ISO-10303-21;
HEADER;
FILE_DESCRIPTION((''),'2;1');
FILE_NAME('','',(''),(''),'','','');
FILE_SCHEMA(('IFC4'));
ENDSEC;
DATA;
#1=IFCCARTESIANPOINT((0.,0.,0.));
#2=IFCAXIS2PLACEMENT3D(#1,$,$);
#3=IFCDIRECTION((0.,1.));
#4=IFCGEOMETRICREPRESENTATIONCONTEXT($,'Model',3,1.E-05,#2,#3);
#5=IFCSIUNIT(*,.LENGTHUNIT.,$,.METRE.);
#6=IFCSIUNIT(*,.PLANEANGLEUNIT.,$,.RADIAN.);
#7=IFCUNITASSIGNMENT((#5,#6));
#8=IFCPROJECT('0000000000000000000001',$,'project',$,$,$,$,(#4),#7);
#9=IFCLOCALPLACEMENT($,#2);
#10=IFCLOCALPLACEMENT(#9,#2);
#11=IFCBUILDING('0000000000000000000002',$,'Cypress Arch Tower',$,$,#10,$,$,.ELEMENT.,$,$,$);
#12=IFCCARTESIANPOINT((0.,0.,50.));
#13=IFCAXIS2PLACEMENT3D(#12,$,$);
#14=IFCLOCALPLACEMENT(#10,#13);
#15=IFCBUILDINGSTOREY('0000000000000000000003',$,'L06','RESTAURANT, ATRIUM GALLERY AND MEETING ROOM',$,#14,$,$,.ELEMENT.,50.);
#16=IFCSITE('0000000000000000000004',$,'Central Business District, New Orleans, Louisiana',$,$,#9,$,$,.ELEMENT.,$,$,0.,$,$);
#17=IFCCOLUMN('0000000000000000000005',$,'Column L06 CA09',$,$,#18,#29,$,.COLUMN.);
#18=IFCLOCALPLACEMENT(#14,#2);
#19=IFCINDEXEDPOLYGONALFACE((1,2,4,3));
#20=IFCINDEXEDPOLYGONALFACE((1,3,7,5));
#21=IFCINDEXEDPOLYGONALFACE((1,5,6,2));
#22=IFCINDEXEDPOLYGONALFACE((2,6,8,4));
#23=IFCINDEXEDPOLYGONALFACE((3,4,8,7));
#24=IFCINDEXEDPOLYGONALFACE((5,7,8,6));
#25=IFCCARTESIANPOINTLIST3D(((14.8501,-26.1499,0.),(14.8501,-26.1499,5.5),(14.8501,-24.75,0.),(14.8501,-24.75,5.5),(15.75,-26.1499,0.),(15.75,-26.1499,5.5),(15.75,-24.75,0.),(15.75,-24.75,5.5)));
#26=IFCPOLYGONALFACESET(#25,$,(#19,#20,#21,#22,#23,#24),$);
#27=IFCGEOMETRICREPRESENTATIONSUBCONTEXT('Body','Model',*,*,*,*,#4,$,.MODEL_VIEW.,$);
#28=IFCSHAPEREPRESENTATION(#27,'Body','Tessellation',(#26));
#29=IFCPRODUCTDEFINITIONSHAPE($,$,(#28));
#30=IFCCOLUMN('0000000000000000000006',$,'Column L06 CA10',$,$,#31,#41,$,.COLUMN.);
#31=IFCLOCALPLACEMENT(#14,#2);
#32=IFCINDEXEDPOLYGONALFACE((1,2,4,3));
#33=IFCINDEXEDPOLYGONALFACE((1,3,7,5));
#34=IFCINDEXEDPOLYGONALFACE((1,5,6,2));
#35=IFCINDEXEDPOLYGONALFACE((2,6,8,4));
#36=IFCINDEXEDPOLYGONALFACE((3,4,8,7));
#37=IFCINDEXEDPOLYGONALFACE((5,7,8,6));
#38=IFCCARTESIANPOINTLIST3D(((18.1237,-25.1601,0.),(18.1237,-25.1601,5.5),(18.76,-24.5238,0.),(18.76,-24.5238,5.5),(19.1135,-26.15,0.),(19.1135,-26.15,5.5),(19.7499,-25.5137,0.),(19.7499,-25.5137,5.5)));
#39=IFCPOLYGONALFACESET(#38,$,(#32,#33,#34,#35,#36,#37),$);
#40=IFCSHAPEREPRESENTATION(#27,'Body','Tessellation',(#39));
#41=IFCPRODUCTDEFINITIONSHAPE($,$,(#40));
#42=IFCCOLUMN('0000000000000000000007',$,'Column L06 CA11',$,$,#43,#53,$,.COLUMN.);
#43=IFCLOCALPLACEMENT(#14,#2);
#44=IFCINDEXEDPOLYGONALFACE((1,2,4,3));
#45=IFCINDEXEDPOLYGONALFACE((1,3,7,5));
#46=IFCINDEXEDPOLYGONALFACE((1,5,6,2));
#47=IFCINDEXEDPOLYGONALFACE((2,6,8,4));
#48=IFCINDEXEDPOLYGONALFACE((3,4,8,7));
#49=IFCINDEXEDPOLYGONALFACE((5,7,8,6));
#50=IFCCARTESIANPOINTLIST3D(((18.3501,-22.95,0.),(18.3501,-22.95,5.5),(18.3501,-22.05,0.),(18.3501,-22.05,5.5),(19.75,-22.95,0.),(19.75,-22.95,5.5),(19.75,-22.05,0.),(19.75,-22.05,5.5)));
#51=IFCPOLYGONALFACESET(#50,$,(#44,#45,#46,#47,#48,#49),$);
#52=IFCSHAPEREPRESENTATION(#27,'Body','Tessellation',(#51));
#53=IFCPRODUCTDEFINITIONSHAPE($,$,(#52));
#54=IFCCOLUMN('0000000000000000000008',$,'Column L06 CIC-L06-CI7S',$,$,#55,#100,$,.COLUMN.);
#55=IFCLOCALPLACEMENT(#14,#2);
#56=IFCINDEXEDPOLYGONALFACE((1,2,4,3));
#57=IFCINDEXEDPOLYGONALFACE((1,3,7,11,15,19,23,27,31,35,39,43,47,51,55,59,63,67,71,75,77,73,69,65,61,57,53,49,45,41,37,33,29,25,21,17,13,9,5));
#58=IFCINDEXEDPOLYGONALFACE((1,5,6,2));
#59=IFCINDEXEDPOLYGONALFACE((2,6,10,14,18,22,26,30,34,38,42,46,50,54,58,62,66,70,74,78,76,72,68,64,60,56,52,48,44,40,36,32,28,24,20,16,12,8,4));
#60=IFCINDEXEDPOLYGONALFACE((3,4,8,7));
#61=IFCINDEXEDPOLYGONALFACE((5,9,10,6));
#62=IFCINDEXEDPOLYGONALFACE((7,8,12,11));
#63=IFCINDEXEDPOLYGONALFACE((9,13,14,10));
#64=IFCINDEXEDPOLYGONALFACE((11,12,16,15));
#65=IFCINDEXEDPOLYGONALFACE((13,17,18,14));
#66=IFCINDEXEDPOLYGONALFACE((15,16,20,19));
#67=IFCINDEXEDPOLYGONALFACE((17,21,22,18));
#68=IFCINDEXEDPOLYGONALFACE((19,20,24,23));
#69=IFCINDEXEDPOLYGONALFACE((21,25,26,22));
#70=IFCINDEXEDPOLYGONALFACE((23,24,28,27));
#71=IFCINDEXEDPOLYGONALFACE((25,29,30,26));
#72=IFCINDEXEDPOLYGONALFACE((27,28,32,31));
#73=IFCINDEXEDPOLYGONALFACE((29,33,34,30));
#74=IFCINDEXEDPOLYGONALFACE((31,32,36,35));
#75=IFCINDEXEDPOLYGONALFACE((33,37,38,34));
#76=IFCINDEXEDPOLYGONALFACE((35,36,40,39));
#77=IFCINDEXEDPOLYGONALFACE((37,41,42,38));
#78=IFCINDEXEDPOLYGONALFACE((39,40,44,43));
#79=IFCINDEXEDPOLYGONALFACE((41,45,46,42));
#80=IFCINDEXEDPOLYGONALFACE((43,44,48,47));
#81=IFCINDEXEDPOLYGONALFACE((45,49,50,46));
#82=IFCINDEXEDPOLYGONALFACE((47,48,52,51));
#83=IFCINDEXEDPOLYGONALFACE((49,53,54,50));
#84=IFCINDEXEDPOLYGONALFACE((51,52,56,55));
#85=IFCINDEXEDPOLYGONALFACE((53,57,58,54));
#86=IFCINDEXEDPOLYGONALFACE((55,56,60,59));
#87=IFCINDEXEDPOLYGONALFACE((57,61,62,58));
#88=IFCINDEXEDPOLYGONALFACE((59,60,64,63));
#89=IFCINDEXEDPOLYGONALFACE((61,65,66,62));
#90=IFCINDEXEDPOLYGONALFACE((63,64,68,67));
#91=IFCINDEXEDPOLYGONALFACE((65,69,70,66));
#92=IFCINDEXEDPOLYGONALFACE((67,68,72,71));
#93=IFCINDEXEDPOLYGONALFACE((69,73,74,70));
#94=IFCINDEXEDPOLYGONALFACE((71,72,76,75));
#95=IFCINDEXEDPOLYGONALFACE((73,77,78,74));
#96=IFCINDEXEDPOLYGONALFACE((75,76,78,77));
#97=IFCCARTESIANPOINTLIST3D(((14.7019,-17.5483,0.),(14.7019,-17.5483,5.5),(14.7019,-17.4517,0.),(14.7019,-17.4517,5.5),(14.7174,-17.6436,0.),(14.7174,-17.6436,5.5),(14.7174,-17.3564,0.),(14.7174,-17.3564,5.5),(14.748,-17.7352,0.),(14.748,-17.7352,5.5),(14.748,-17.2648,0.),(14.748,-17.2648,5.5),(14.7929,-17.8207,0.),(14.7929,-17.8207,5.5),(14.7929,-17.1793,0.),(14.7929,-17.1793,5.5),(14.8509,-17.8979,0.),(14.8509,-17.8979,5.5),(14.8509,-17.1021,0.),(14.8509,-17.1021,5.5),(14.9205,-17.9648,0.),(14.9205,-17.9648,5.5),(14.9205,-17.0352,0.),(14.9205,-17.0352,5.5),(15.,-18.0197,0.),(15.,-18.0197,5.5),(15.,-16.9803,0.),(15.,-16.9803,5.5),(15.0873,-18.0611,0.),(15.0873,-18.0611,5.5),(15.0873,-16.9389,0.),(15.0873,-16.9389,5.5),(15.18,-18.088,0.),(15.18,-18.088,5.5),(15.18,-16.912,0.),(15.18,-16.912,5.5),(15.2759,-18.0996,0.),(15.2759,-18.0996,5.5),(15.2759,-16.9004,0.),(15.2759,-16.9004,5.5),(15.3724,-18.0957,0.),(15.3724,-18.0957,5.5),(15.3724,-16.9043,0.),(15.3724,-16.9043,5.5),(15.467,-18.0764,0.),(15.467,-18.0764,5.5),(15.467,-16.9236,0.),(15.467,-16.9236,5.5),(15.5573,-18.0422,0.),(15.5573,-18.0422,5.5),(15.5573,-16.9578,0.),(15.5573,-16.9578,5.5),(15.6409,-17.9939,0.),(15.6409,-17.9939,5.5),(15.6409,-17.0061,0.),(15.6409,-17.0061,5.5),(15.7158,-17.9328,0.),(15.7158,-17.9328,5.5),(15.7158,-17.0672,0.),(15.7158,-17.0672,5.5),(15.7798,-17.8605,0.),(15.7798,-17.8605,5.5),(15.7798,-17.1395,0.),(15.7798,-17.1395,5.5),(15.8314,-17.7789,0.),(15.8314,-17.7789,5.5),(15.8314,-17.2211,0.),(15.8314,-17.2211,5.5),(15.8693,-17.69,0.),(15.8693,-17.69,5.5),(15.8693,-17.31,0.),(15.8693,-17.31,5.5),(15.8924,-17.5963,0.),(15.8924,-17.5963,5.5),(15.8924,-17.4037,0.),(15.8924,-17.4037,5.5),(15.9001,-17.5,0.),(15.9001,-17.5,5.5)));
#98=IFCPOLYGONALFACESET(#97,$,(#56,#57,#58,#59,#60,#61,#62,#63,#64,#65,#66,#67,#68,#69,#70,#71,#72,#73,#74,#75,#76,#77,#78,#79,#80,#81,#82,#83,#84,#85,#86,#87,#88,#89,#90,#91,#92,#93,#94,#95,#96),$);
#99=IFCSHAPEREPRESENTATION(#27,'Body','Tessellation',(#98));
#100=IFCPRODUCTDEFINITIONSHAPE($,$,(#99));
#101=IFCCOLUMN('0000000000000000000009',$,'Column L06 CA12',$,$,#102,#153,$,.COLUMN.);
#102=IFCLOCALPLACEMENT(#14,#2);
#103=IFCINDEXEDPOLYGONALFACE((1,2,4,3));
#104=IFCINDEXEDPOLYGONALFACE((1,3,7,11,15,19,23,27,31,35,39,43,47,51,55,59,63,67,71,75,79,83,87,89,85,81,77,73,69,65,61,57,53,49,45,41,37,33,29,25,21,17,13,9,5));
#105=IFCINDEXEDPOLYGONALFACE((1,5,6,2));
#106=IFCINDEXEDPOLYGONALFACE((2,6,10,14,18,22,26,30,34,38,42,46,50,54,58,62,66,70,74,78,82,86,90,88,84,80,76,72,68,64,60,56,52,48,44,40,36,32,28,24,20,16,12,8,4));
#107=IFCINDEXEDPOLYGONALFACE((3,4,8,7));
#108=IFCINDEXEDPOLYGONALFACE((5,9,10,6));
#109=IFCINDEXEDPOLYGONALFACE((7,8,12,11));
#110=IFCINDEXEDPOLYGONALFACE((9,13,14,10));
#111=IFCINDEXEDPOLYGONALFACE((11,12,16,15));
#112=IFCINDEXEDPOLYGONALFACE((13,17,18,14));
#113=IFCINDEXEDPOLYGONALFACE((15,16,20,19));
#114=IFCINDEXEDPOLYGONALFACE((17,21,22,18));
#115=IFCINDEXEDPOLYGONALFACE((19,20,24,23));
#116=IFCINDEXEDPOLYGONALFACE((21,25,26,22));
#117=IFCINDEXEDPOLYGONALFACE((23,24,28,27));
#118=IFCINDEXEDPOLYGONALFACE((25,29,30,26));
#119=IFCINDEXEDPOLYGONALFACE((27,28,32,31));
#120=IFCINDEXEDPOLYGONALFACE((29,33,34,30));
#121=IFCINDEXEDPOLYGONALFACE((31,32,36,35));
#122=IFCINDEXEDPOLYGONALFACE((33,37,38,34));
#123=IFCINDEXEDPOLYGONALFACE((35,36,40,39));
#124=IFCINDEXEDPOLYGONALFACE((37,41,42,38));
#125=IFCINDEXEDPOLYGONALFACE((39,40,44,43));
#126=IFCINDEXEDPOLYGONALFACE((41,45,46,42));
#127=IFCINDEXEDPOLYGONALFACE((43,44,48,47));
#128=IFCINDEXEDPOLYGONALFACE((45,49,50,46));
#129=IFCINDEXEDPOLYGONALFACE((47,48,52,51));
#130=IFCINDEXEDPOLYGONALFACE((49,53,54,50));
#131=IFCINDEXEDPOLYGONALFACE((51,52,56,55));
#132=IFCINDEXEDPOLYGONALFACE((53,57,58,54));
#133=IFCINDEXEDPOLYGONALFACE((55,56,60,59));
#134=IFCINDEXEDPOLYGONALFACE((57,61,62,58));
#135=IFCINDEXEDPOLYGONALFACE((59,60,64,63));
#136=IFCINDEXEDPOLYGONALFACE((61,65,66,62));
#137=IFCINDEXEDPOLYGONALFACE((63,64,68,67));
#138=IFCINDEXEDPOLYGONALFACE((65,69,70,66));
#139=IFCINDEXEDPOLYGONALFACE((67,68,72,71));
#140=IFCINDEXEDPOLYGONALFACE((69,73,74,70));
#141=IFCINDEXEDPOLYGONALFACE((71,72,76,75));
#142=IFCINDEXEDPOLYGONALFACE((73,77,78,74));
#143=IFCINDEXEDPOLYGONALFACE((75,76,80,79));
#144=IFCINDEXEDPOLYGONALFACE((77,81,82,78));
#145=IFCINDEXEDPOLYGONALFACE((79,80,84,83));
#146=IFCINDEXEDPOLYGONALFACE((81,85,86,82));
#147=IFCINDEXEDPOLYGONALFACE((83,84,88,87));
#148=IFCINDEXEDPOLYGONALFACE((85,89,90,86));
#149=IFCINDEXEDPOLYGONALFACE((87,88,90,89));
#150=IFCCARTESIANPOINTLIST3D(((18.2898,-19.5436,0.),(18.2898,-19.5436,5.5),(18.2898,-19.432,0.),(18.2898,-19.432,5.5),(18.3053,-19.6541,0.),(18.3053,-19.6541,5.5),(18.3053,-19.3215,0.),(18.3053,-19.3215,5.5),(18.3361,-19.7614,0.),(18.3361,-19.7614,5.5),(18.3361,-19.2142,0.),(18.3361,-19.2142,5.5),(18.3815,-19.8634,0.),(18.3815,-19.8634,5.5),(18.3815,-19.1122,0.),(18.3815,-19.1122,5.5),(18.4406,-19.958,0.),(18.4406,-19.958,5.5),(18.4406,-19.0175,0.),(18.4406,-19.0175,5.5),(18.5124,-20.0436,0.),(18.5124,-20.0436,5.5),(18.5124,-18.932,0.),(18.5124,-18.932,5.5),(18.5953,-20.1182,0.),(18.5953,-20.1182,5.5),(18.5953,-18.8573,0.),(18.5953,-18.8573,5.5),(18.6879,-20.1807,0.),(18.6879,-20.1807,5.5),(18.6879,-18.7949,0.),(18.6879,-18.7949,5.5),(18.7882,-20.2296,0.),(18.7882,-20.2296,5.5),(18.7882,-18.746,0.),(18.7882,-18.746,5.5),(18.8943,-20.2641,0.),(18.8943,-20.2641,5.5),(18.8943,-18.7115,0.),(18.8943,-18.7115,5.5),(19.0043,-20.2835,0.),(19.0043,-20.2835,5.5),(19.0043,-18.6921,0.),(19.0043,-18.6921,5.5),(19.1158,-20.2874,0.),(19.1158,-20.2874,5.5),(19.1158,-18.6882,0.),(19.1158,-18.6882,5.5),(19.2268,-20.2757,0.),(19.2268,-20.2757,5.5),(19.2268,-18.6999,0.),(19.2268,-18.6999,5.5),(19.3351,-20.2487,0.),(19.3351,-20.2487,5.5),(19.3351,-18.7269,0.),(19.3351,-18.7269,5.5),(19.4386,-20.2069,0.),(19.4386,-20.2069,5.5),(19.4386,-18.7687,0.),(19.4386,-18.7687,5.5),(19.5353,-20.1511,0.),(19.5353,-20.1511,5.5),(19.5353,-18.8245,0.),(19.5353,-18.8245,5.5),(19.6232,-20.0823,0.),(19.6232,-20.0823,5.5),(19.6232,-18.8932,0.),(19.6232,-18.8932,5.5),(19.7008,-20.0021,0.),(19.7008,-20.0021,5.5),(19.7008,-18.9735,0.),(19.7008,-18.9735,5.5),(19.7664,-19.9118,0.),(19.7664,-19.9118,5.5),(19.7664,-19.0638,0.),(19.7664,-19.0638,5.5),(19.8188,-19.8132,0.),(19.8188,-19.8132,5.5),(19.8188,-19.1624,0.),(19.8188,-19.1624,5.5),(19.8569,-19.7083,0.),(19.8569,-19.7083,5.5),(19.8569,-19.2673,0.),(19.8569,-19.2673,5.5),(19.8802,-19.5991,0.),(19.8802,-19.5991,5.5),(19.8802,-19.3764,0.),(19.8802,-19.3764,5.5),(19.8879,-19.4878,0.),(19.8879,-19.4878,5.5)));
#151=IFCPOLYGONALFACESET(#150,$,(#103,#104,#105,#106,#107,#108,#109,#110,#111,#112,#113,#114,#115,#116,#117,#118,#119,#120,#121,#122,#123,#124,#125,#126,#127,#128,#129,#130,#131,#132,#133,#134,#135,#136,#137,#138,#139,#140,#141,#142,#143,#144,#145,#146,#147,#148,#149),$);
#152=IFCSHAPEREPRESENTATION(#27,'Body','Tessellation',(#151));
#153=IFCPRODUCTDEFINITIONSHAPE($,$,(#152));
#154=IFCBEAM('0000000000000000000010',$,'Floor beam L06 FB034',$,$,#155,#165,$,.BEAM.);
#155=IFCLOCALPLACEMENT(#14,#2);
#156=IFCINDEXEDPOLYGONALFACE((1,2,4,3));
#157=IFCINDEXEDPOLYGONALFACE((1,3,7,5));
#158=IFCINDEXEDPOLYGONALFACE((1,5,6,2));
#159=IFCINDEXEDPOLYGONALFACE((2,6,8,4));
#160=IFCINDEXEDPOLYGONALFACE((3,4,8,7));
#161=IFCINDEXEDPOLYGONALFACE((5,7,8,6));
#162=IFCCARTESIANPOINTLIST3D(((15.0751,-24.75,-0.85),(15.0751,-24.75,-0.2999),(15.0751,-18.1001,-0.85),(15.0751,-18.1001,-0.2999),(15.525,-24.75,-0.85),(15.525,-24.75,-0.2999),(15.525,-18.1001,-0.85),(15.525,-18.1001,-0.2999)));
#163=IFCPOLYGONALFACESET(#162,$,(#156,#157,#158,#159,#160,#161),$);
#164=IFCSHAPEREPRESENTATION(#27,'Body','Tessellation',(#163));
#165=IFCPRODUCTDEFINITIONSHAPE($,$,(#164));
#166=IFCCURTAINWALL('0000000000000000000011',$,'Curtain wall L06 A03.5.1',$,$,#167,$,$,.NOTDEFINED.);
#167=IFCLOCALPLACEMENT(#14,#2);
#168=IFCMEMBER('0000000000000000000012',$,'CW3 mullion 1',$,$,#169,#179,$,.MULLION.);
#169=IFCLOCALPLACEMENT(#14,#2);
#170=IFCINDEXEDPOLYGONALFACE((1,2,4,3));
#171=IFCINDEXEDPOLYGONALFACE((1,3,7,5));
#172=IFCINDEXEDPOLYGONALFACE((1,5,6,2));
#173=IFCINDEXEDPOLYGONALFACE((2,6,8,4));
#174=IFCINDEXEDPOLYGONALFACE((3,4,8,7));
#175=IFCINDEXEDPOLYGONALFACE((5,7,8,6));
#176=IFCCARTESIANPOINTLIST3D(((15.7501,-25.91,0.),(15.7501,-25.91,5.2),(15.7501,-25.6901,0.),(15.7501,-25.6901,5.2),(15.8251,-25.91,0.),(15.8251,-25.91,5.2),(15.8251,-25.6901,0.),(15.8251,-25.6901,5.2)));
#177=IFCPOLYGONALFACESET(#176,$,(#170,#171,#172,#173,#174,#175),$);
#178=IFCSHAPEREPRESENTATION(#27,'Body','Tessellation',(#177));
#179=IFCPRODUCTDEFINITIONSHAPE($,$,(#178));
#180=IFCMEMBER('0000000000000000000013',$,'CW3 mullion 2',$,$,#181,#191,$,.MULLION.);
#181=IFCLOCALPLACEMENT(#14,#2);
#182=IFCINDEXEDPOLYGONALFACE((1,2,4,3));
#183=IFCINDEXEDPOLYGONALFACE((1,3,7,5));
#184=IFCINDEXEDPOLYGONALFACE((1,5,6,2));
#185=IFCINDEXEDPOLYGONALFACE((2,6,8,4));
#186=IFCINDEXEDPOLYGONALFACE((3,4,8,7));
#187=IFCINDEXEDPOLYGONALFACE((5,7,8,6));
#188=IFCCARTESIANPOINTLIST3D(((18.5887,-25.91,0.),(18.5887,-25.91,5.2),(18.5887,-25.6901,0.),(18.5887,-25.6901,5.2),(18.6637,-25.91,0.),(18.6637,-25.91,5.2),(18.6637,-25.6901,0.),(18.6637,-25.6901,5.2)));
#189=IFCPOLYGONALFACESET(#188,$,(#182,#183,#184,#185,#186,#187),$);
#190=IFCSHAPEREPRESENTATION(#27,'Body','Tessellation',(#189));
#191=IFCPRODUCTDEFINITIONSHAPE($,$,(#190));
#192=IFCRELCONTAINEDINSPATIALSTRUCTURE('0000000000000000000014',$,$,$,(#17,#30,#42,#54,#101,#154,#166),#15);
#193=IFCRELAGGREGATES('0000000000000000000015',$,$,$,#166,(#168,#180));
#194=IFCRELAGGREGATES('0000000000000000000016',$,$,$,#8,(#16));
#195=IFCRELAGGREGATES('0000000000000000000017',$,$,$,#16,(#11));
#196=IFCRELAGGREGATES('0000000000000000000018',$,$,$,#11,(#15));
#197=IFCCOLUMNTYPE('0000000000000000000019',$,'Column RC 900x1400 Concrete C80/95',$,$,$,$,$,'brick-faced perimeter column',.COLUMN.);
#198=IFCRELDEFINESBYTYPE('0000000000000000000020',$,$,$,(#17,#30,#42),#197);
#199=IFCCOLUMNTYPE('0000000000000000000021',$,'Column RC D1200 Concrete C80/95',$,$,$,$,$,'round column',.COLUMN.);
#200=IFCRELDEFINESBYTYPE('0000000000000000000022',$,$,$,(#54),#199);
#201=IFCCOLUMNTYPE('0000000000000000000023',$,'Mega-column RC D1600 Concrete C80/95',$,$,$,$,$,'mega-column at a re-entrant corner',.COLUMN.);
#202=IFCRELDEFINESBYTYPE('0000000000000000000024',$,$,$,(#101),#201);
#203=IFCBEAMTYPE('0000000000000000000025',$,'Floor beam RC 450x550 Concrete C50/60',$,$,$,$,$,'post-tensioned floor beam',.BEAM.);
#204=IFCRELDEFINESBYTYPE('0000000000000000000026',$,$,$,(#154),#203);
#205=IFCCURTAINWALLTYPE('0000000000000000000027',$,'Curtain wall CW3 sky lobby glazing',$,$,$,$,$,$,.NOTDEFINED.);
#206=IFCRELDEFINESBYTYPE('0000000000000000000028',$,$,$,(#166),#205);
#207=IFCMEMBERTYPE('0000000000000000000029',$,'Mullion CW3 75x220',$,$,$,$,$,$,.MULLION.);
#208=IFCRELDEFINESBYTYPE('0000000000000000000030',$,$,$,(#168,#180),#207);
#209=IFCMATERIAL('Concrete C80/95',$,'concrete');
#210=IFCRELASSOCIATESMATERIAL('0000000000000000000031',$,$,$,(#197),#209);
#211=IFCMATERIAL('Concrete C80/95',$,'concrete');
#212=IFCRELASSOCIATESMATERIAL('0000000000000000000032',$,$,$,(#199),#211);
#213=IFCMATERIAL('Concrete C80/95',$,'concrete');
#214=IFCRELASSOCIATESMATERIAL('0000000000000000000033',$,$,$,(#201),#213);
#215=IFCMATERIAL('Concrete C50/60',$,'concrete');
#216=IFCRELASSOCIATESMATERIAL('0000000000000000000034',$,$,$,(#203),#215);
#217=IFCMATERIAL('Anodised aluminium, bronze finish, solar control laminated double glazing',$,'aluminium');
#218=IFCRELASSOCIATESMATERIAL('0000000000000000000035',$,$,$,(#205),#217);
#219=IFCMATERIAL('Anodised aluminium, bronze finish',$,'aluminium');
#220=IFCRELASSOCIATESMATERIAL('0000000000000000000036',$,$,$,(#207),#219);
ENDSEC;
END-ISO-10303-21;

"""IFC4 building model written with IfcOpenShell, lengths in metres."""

from ifc_helpers import new_model, si_unit, direction, frame, origin, origin_2d, place, context, subcontext, project, spatial, rectangle, circle, extrude, material, material_profile, profile_set, type_object, element, aggregate, save


model = new_model("IFC4")

# Units and contexts
model_context = context("Model", 3, precision=1e-05, world=origin(), true_north=direction((0.0, 1.0)))
body_context = subcontext(model_context, "Body", "Model", "MODEL_VIEW")
ifc_project = project(units=[si_unit("LENGTHUNIT", "METRE"), si_unit("PLANEANGLEUNIT", "RADIAN")], contexts=[model_context])

# Site, building, storey
site_placement = place(None, origin())
site = spatial("IfcSite", under=ifc_project, at=site_placement, Name="Central Business District, New Orleans, Louisiana", CompositionType="ELEMENT", RefElevation=0.0)
building_placement = place(site_placement, origin())
building = spatial("IfcBuilding", under=site, at=building_placement, Name="Cypress Arch Tower", CompositionType="ELEMENT")
storey_placement = place(building_placement, frame((0.0, 0.0, 50.0)))
storey = spatial("IfcBuildingStorey", under=building, at=storey_placement, Name="L06", Description="RESTAURANT, ATRIUM GALLERY AND MEETING ROOM", CompositionType="ELEMENT", Elevation=50.0)

# Columns
ifc_material_1 = material(Name="Concrete C80/95", Category="concrete")
ifc_material_profile_1 = material_profile(ifc_material_1, rectangle(XDim=0.8999, YDim=1.3999, at=origin_2d()), Name="RC 900x1400")
ifc_profile_set_1 = profile_set([ifc_material_profile_1], Name="Concrete C80/95")
column_type_1 = type_object("IfcColumnType", Name="Column RC 900x1400 Concrete C80/95", ElementType="brick-faced perimeter column", PredefinedType="COLUMN", material=ifc_profile_set_1)
for number, where, z_axis, x_axis, name in (
    (1, (15.3, -25.45, 0.0), (0.0, 0.0, 1.0), (1.0, 0.0, 0.0), "Column L06 CA09"),
    (2, (18.9368, -25.3369, 0.0), (0.0, 0.0, 1.0), (0.707107, 0.707107, 0.0), "Column L06 CA10"),
    (3, (19.05, -22.5, 0.0), (0.0, 0.0, 1.0), (0.0, 1.0, 0.0), "Column L06 CA11"),
):
    element("IfcColumn", number, at=place(storey_placement, frame(where, z_axis=z_axis, x_axis=x_axis)), inside=storey, type_object=column_type_1, Name=name, PredefinedType="COLUMN", context=body_context, shape_type="SweptSolid", body=[
        extrude(rectangle(XDim=0.8999, YDim=1.3999, at=origin_2d()), origin(), (0.0, 0.0, 1.0), 5.5),
    ])
ifc_material_2 = material(Name="Concrete C80/95", Category="concrete")
ifc_material_profile_2 = material_profile(ifc_material_2, circle(Radius=0.6001, at=origin_2d()), Name="RC D1200")
ifc_profile_set_2 = profile_set([ifc_material_profile_2], Name="Concrete C80/95")
column_type_2 = type_object("IfcColumnType", Name="Column RC D1200 Concrete C80/95", ElementType="round column", PredefinedType="COLUMN", material=ifc_profile_set_2)
column_1_placement = place(storey_placement, frame((15.3, -17.5, 0.0), z_axis=(0.0, 0.0, 1.0), x_axis=(1.0, 0.0, 0.0)))
element("IfcColumn", 4, at=column_1_placement, inside=storey, type_object=column_type_2, Name="Column L06 CIC-L06-CI7S", PredefinedType="COLUMN", context=body_context, shape_type="SweptSolid", body=[
    extrude(circle(Radius=0.6001, at=origin_2d()), origin(), (0.0, 0.0, 1.0), 5.5),
])
ifc_material_3 = material(Name="Concrete C80/95", Category="concrete")
ifc_material_profile_3 = material_profile(ifc_material_3, circle(Radius=0.8, at=origin_2d()), Name="RC D1600")
ifc_profile_set_3 = profile_set([ifc_material_profile_3], Name="Concrete C80/95")
column_type_3 = type_object("IfcColumnType", Name="Mega-column RC D1600 Concrete C80/95", ElementType="mega-column at a re-entrant corner", PredefinedType="COLUMN", material=ifc_profile_set_3)
column_2_placement = place(storey_placement, frame((19.0879, -19.4878, 0.0), z_axis=(0.0, 0.0, 1.0), x_axis=(1.0, 0.0, 0.0)))
element("IfcColumn", 5, at=column_2_placement, inside=storey, type_object=column_type_3, Name="Column L06 CA12", PredefinedType="COLUMN", context=body_context, shape_type="SweptSolid", body=[
    extrude(circle(Radius=0.8, at=origin_2d()), origin(), (0.0, 0.0, 1.0), 5.5),
])

# Beam
ifc_material_4 = material(Name="Concrete C50/60", Category="concrete")
ifc_material_profile_4 = material_profile(ifc_material_4, rectangle(XDim=0.45, YDim=0.55, at=origin_2d()), Name="RC 450x550")
ifc_profile_set_4 = profile_set([ifc_material_profile_4], Name="Concrete C50/60")
beam_type_1 = type_object("IfcBeamType", Name="Floor beam RC 450x550 Concrete C50/60", ElementType="post-tensioned floor beam", PredefinedType="BEAM", material=ifc_profile_set_4)
beam_1_placement = place(storey_placement, frame((15.3, -24.75, -0.575), z_axis=(0.0, 1.0, 0.0), x_axis=(-1.0, 0.0, 0.0)))
element("IfcBeam", 6, at=beam_1_placement, inside=storey, type_object=beam_type_1, Name="Floor beam L06 FB034", PredefinedType="BEAM", context=body_context, shape_type="SweptSolid", body=[
    extrude(rectangle(XDim=0.45, YDim=0.55, at=origin_2d()), origin(), (0.0, 0.0, 1.0), 6.6499),
])

# Curtain wall, members
ifc_material_5 = material(Name="Anodised aluminium, bronze finish, solar control laminated double glazing", Category="aluminium")
curtain_wall_type = type_object("IfcCurtainWallType", Name="Curtain wall CW3 sky lobby glazing", PredefinedType="NOTDEFINED", material=ifc_material_5)
curtain_wall_1_placement = place(storey_placement, origin())
curtain_wall_1 = element("IfcCurtainWall", 7, at=curtain_wall_1_placement, inside=storey, type_object=curtain_wall_type, Name="Curtain wall L06 A03.5.1", PredefinedType="NOTDEFINED")
ifc_material_6 = material(Name="Anodised aluminium, bronze finish", Category="aluminium")
ifc_material_profile_5 = material_profile(ifc_material_6, rectangle(XDim=0.22, YDim=0.075, at=origin_2d()), Name="Mullion 75x220")
ifc_profile_set_5 = profile_set([ifc_material_profile_5], Name="Anodised aluminium, bronze finish")
member_type_1 = type_object("IfcMemberType", Name="Mullion CW3 75x220", PredefinedType="MULLION", material=ifc_profile_set_5)
member_1_placement = place(storey_placement, frame((15.7876, -25.8, 0.0), z_axis=(0.0, 0.0, 1.0), x_axis=(0.0, 1.0, 0.0)))
member_1 = element("IfcMember", 8, at=member_1_placement, type_object=member_type_1, Name="CW3 mullion 1", PredefinedType="MULLION", context=body_context, shape_type="SweptSolid", body=[
    extrude(rectangle(XDim=0.22, YDim=0.075, at=origin_2d()), origin(), (0.0, 0.0, 1.0), 5.2),
])
member_2_placement = place(storey_placement, frame((18.6262, -25.8, 0.0), z_axis=(0.0, 0.0, 1.0), x_axis=(0.0, 1.0, 0.0)))
member_2 = element("IfcMember", 9, at=member_2_placement, type_object=member_type_1, Name="CW3 mullion 2", PredefinedType="MULLION", context=body_context, shape_type="SweptSolid", body=[
    extrude(rectangle(XDim=0.22, YDim=0.075, at=origin_2d()), origin(), (0.0, 0.0, 1.0), 5.2),
])

aggregate(curtain_wall_1, [member_1, member_2])

save(model, "model.ifc")
